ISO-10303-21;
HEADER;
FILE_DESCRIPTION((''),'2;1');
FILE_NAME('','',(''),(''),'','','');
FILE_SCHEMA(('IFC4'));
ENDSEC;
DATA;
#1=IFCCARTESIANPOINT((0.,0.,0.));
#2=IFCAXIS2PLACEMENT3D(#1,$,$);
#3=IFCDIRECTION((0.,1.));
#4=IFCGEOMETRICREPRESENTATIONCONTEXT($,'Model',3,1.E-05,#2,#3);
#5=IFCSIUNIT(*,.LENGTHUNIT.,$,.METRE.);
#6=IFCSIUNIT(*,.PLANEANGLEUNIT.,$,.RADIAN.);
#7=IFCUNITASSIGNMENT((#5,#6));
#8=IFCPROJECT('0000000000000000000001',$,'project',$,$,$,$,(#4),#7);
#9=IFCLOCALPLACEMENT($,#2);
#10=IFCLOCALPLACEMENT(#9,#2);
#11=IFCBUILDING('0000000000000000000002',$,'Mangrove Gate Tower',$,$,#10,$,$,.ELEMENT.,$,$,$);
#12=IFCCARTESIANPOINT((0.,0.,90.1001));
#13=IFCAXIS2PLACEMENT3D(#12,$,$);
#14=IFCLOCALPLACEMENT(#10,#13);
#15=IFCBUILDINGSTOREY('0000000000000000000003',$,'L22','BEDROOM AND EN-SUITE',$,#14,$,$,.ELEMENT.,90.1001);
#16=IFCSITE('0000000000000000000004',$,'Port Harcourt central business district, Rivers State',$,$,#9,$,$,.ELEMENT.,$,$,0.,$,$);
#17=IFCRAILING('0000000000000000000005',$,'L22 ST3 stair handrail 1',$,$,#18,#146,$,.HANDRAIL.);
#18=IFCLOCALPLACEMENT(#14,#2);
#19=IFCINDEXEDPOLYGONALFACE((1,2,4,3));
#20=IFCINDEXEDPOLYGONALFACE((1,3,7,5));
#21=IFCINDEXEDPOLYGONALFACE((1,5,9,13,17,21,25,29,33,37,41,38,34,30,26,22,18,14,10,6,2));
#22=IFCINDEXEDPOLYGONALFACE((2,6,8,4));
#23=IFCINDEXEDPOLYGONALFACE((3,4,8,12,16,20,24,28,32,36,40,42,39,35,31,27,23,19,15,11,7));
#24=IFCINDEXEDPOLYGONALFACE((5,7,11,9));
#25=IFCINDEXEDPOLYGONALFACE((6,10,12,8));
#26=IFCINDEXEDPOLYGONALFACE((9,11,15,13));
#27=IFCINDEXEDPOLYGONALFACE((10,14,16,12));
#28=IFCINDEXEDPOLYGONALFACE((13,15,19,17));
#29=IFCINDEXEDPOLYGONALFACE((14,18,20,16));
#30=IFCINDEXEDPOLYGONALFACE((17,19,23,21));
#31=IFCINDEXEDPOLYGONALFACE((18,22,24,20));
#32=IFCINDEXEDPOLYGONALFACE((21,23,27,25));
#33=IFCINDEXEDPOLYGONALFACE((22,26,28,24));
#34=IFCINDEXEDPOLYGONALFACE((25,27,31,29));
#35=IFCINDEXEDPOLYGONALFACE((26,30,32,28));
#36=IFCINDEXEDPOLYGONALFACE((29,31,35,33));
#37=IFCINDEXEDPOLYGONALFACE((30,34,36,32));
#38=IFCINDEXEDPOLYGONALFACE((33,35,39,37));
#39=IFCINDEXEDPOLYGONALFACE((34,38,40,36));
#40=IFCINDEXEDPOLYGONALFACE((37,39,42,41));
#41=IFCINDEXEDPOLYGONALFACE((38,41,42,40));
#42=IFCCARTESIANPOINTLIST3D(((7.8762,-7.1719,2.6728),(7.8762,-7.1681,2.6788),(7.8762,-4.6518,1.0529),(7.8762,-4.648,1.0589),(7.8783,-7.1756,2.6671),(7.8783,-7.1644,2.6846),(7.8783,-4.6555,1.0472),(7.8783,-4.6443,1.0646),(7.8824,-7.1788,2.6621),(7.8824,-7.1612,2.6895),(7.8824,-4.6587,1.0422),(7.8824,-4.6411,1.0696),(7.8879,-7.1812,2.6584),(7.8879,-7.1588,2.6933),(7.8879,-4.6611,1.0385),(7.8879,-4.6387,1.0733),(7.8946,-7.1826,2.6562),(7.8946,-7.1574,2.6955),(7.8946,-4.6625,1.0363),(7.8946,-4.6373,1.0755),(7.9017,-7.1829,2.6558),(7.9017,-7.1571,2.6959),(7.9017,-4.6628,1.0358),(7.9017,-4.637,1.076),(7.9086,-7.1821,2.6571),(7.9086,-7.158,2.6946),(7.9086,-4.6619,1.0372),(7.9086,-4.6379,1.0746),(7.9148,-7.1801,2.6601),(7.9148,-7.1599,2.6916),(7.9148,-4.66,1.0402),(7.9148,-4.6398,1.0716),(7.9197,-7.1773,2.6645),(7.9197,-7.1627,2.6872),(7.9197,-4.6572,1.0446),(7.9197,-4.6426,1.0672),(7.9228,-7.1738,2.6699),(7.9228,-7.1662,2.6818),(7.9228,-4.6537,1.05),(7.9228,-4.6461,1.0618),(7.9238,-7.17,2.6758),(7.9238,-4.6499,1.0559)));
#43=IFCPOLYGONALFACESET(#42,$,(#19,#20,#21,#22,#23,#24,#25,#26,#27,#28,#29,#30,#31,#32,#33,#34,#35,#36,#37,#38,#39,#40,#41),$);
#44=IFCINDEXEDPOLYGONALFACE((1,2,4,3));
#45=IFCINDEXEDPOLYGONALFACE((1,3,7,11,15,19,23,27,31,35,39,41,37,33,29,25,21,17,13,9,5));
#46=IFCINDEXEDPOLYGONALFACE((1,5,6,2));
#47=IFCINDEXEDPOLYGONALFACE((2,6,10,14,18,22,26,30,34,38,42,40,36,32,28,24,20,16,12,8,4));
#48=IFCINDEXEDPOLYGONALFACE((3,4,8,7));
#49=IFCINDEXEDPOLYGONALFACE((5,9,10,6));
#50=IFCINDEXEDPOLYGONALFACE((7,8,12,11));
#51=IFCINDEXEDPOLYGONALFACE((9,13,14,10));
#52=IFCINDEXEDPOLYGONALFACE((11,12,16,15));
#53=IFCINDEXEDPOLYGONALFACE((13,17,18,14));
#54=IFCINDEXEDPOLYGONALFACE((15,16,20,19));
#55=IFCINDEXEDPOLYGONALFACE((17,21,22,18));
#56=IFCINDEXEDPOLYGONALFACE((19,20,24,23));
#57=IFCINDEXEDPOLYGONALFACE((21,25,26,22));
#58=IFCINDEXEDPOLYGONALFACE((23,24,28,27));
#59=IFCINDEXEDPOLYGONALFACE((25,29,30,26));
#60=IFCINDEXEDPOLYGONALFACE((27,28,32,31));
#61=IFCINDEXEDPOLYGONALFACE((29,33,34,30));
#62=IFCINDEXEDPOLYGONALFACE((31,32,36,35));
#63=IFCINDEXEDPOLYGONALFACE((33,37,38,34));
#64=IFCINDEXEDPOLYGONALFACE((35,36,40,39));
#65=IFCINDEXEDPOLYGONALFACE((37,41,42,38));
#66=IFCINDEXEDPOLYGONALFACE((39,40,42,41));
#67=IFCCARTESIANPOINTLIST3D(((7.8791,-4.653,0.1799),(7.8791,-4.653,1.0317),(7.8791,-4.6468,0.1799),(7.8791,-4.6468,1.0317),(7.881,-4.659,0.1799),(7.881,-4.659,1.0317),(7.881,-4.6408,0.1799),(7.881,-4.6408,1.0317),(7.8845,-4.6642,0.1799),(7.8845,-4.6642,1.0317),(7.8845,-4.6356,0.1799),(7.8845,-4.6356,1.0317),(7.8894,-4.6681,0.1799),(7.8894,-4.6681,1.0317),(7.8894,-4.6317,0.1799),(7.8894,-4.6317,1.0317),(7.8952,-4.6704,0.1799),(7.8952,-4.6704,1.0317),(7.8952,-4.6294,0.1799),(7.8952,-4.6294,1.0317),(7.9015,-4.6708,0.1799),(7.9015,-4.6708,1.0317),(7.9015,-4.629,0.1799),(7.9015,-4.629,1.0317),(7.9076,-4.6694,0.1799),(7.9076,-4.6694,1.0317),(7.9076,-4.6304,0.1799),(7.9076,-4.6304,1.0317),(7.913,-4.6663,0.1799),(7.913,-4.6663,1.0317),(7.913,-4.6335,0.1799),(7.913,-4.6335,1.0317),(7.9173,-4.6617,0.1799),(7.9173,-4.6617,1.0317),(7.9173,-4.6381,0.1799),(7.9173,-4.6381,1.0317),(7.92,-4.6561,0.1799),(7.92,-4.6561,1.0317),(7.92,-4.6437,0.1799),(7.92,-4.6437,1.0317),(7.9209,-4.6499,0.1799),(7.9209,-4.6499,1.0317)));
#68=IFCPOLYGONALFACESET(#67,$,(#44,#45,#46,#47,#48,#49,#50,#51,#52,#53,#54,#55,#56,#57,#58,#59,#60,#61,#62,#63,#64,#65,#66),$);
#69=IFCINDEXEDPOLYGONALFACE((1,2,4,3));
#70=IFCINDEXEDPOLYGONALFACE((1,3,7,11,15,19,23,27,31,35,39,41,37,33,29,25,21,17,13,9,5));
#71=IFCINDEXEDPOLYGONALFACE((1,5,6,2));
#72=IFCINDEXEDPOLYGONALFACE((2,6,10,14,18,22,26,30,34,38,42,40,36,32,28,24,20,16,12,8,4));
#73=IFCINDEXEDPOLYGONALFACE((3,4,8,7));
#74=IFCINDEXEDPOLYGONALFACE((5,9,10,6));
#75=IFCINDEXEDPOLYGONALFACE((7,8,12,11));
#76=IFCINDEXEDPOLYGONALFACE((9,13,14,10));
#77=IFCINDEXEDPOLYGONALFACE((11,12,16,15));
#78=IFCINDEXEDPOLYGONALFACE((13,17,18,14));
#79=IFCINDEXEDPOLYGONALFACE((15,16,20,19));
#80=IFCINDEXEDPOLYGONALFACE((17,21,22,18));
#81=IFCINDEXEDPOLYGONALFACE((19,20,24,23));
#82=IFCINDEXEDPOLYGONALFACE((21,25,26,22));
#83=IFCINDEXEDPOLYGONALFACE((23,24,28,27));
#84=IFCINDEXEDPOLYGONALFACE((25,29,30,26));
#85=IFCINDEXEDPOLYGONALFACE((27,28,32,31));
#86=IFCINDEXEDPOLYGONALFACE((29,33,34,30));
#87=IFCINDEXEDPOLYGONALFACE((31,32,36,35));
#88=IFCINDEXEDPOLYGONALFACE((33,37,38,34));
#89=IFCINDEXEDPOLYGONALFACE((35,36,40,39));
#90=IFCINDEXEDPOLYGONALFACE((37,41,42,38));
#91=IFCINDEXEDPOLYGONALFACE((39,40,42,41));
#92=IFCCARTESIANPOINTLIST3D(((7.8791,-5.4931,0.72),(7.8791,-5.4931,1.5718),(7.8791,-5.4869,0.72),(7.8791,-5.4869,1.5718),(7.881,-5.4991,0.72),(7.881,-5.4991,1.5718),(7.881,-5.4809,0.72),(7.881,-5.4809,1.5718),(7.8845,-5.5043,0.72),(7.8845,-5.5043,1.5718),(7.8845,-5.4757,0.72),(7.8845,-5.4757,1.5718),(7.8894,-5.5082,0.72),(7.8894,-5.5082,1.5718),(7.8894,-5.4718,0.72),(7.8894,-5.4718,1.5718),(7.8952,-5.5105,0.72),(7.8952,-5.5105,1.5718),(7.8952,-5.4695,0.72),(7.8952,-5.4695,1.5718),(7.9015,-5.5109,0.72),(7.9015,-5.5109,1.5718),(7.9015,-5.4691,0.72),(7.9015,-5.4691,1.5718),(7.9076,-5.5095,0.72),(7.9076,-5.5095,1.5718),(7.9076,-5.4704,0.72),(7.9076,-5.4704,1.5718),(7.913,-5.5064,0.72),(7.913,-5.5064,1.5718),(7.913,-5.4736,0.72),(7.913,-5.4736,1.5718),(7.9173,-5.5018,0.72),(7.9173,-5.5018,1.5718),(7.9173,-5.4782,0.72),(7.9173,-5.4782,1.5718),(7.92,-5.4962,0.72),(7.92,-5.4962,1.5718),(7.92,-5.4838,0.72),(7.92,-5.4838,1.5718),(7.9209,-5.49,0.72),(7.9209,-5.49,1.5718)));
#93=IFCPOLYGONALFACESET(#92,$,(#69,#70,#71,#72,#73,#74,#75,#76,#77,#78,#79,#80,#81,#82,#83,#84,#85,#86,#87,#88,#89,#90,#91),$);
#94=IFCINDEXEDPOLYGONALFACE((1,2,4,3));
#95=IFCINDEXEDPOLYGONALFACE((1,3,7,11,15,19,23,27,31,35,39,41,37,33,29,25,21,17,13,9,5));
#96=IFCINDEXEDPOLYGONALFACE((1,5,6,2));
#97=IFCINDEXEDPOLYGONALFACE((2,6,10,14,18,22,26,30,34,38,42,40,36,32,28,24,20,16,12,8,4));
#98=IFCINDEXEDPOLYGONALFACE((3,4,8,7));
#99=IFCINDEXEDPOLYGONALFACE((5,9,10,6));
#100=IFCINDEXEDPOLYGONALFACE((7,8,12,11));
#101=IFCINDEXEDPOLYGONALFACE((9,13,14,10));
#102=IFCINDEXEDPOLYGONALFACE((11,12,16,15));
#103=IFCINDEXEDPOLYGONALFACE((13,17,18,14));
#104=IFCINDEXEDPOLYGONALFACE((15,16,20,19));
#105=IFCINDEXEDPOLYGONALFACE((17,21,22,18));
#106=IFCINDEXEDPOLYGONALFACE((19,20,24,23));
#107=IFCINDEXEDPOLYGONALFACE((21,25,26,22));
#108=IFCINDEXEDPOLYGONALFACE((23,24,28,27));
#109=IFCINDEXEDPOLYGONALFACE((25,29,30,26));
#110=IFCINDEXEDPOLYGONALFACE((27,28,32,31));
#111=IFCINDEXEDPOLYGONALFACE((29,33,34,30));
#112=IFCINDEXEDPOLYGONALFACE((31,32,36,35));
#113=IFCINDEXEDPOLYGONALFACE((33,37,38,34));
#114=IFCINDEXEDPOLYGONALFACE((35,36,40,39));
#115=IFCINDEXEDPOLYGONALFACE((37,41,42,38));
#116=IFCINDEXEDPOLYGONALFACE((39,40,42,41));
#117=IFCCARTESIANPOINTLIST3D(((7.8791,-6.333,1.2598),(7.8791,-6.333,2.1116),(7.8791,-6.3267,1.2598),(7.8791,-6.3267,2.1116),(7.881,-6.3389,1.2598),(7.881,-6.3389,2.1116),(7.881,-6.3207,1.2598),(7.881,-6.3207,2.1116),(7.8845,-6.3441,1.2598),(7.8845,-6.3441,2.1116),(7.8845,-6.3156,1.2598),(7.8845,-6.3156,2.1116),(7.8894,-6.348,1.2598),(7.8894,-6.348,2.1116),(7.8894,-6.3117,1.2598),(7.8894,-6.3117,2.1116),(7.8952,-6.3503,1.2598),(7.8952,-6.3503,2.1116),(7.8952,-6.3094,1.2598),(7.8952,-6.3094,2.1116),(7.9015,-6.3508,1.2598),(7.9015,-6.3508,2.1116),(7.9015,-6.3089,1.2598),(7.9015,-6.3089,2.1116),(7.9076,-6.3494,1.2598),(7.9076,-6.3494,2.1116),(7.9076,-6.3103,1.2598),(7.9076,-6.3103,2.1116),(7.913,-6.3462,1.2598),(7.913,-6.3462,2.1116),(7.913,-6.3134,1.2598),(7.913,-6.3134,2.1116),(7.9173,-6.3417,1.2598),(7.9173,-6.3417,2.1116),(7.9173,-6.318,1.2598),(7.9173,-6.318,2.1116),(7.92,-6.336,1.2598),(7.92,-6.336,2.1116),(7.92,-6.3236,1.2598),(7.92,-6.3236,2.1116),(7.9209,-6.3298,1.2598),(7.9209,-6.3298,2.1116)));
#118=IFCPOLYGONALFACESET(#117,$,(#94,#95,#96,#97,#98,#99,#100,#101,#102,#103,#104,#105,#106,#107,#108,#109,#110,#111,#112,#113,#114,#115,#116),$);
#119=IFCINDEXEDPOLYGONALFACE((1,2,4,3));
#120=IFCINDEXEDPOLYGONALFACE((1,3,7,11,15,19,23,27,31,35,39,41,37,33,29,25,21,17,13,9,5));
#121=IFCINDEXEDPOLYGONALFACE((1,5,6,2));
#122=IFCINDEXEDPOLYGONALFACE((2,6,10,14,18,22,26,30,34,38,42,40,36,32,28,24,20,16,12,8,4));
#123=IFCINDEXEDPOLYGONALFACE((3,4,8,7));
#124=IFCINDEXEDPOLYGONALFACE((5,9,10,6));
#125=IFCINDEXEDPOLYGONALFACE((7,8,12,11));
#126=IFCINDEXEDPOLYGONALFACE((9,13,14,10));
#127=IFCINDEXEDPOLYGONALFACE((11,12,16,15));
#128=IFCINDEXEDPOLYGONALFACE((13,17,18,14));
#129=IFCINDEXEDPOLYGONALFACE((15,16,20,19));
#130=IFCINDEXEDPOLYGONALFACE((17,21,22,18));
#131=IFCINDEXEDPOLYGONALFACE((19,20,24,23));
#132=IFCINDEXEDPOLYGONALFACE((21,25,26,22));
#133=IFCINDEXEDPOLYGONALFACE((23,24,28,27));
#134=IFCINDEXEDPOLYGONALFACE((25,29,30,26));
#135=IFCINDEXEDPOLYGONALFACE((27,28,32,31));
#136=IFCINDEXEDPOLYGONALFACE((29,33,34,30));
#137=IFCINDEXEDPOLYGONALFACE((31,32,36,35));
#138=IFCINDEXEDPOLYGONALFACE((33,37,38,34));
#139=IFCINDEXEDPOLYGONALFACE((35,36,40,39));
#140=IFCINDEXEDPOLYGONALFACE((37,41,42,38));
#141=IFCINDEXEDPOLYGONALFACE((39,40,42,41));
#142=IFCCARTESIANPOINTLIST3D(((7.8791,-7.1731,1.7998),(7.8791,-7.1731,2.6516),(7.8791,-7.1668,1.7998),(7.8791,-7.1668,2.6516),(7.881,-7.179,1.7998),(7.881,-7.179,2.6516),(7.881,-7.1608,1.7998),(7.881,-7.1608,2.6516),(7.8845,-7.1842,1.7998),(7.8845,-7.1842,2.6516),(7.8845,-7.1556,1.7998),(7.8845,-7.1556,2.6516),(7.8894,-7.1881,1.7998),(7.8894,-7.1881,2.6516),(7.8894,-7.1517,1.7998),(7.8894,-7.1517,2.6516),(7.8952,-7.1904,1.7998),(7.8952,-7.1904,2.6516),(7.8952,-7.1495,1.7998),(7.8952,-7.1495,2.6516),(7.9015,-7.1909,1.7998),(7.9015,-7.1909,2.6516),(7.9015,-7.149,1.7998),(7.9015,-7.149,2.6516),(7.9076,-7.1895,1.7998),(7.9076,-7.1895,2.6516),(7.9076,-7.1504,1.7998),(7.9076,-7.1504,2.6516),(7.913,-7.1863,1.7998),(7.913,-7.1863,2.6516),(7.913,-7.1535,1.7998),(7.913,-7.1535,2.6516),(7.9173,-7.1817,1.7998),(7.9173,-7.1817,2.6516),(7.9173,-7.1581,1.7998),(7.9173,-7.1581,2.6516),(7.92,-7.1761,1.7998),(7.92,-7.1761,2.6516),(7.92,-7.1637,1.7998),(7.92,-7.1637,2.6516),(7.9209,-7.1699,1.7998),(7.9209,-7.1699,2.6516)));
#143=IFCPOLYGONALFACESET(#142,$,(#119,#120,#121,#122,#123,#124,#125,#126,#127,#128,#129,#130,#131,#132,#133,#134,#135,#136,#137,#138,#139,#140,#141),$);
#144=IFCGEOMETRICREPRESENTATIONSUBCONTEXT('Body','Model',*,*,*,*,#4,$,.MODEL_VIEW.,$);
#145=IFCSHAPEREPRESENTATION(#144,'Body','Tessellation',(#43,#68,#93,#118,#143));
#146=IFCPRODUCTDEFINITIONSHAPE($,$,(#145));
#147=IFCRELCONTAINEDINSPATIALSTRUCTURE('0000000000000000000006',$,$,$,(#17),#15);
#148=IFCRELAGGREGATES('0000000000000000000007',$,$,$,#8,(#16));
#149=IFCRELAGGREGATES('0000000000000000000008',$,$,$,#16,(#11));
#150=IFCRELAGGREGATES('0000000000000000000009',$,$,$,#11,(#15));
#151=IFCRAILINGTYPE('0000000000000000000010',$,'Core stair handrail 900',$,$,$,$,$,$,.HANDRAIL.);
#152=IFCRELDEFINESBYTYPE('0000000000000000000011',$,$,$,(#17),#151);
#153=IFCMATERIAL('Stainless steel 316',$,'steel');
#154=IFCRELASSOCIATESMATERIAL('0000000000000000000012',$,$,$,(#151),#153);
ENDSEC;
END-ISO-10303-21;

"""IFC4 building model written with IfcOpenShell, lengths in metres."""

from ifc_helpers import new_model, si_unit, direction, frame, origin, origin_2d, place, context, subcontext, project, spatial, circle, extrude, material, type_object, element, save


model = new_model("IFC4")

# Units and contexts
model_context = context("Model", 3, precision=1e-05, world=origin(), true_north=direction((0.0, 1.0)))
body_context = subcontext(model_context, "Body", "Model", "MODEL_VIEW")
ifc_project = project(units=[si_unit("LENGTHUNIT", "METRE"), si_unit("PLANEANGLEUNIT", "RADIAN")], contexts=[model_context])

# Site, building, storey
site_placement = place(None, origin())
site = spatial("IfcSite", under=ifc_project, at=site_placement, Name="Port Harcourt central business district, Rivers State", CompositionType="ELEMENT", RefElevation=0.0)
building_placement = place(site_placement, origin())
building = spatial("IfcBuilding", under=site, at=building_placement, Name="Mangrove Gate Tower", CompositionType="ELEMENT")
storey_placement = place(building_placement, frame((0.0, 0.0, 90.1001)))
storey = spatial("IfcBuildingStorey", under=building, at=storey_placement, Name="L22", Description="BEDROOM AND EN-SUITE", CompositionType="ELEMENT", Elevation=90.1001)

# Railing
ifc_material_1 = material(Name="Stainless steel 316", Category="steel")
railing_type_1 = type_object("IfcRailingType", Name="Core stair handrail 900", PredefinedType="HANDRAIL", material=ifc_material_1)
railing_1_placement = place(storey_placement, frame((7.8999, -4.6499, 0.1799)))
element("IfcRailing", 1, at=railing_1_placement, inside=storey, type_object=railing_type_1, Name="L22 ST3 stair handrail 1", PredefinedType="HANDRAIL", context=body_context, shape_type="SweptSolid", body=[
    extrude(circle(Radius=0.0239, at=origin_2d()), frame((0.0, 0.0, 0.876), z_axis=(0.0, -0.8412, 0.540725), x_axis=(1.0, 0.0, 0.0)), (0.0, 0.0, 1.0), 2.9958),
    extrude(circle(Radius=0.021, at=origin_2d()), origin(), (0.0, 0.0, 1.0), 0.8518),
    extrude(circle(Radius=0.021, at=origin_2d()), frame((0.0, -0.8401, 0.54)), (0.0, 0.0, 1.0), 0.8518),
    extrude(circle(Radius=0.021, at=origin_2d()), frame((0.0, -1.6799, 1.0798)), (0.0, 0.0, 1.0), 0.8518),
    extrude(circle(Radius=0.021, at=origin_2d()), frame((0.0, -2.52, 1.6199)), (0.0, 0.0, 1.0), 0.8518),
])

save(model, "model.ifc")
